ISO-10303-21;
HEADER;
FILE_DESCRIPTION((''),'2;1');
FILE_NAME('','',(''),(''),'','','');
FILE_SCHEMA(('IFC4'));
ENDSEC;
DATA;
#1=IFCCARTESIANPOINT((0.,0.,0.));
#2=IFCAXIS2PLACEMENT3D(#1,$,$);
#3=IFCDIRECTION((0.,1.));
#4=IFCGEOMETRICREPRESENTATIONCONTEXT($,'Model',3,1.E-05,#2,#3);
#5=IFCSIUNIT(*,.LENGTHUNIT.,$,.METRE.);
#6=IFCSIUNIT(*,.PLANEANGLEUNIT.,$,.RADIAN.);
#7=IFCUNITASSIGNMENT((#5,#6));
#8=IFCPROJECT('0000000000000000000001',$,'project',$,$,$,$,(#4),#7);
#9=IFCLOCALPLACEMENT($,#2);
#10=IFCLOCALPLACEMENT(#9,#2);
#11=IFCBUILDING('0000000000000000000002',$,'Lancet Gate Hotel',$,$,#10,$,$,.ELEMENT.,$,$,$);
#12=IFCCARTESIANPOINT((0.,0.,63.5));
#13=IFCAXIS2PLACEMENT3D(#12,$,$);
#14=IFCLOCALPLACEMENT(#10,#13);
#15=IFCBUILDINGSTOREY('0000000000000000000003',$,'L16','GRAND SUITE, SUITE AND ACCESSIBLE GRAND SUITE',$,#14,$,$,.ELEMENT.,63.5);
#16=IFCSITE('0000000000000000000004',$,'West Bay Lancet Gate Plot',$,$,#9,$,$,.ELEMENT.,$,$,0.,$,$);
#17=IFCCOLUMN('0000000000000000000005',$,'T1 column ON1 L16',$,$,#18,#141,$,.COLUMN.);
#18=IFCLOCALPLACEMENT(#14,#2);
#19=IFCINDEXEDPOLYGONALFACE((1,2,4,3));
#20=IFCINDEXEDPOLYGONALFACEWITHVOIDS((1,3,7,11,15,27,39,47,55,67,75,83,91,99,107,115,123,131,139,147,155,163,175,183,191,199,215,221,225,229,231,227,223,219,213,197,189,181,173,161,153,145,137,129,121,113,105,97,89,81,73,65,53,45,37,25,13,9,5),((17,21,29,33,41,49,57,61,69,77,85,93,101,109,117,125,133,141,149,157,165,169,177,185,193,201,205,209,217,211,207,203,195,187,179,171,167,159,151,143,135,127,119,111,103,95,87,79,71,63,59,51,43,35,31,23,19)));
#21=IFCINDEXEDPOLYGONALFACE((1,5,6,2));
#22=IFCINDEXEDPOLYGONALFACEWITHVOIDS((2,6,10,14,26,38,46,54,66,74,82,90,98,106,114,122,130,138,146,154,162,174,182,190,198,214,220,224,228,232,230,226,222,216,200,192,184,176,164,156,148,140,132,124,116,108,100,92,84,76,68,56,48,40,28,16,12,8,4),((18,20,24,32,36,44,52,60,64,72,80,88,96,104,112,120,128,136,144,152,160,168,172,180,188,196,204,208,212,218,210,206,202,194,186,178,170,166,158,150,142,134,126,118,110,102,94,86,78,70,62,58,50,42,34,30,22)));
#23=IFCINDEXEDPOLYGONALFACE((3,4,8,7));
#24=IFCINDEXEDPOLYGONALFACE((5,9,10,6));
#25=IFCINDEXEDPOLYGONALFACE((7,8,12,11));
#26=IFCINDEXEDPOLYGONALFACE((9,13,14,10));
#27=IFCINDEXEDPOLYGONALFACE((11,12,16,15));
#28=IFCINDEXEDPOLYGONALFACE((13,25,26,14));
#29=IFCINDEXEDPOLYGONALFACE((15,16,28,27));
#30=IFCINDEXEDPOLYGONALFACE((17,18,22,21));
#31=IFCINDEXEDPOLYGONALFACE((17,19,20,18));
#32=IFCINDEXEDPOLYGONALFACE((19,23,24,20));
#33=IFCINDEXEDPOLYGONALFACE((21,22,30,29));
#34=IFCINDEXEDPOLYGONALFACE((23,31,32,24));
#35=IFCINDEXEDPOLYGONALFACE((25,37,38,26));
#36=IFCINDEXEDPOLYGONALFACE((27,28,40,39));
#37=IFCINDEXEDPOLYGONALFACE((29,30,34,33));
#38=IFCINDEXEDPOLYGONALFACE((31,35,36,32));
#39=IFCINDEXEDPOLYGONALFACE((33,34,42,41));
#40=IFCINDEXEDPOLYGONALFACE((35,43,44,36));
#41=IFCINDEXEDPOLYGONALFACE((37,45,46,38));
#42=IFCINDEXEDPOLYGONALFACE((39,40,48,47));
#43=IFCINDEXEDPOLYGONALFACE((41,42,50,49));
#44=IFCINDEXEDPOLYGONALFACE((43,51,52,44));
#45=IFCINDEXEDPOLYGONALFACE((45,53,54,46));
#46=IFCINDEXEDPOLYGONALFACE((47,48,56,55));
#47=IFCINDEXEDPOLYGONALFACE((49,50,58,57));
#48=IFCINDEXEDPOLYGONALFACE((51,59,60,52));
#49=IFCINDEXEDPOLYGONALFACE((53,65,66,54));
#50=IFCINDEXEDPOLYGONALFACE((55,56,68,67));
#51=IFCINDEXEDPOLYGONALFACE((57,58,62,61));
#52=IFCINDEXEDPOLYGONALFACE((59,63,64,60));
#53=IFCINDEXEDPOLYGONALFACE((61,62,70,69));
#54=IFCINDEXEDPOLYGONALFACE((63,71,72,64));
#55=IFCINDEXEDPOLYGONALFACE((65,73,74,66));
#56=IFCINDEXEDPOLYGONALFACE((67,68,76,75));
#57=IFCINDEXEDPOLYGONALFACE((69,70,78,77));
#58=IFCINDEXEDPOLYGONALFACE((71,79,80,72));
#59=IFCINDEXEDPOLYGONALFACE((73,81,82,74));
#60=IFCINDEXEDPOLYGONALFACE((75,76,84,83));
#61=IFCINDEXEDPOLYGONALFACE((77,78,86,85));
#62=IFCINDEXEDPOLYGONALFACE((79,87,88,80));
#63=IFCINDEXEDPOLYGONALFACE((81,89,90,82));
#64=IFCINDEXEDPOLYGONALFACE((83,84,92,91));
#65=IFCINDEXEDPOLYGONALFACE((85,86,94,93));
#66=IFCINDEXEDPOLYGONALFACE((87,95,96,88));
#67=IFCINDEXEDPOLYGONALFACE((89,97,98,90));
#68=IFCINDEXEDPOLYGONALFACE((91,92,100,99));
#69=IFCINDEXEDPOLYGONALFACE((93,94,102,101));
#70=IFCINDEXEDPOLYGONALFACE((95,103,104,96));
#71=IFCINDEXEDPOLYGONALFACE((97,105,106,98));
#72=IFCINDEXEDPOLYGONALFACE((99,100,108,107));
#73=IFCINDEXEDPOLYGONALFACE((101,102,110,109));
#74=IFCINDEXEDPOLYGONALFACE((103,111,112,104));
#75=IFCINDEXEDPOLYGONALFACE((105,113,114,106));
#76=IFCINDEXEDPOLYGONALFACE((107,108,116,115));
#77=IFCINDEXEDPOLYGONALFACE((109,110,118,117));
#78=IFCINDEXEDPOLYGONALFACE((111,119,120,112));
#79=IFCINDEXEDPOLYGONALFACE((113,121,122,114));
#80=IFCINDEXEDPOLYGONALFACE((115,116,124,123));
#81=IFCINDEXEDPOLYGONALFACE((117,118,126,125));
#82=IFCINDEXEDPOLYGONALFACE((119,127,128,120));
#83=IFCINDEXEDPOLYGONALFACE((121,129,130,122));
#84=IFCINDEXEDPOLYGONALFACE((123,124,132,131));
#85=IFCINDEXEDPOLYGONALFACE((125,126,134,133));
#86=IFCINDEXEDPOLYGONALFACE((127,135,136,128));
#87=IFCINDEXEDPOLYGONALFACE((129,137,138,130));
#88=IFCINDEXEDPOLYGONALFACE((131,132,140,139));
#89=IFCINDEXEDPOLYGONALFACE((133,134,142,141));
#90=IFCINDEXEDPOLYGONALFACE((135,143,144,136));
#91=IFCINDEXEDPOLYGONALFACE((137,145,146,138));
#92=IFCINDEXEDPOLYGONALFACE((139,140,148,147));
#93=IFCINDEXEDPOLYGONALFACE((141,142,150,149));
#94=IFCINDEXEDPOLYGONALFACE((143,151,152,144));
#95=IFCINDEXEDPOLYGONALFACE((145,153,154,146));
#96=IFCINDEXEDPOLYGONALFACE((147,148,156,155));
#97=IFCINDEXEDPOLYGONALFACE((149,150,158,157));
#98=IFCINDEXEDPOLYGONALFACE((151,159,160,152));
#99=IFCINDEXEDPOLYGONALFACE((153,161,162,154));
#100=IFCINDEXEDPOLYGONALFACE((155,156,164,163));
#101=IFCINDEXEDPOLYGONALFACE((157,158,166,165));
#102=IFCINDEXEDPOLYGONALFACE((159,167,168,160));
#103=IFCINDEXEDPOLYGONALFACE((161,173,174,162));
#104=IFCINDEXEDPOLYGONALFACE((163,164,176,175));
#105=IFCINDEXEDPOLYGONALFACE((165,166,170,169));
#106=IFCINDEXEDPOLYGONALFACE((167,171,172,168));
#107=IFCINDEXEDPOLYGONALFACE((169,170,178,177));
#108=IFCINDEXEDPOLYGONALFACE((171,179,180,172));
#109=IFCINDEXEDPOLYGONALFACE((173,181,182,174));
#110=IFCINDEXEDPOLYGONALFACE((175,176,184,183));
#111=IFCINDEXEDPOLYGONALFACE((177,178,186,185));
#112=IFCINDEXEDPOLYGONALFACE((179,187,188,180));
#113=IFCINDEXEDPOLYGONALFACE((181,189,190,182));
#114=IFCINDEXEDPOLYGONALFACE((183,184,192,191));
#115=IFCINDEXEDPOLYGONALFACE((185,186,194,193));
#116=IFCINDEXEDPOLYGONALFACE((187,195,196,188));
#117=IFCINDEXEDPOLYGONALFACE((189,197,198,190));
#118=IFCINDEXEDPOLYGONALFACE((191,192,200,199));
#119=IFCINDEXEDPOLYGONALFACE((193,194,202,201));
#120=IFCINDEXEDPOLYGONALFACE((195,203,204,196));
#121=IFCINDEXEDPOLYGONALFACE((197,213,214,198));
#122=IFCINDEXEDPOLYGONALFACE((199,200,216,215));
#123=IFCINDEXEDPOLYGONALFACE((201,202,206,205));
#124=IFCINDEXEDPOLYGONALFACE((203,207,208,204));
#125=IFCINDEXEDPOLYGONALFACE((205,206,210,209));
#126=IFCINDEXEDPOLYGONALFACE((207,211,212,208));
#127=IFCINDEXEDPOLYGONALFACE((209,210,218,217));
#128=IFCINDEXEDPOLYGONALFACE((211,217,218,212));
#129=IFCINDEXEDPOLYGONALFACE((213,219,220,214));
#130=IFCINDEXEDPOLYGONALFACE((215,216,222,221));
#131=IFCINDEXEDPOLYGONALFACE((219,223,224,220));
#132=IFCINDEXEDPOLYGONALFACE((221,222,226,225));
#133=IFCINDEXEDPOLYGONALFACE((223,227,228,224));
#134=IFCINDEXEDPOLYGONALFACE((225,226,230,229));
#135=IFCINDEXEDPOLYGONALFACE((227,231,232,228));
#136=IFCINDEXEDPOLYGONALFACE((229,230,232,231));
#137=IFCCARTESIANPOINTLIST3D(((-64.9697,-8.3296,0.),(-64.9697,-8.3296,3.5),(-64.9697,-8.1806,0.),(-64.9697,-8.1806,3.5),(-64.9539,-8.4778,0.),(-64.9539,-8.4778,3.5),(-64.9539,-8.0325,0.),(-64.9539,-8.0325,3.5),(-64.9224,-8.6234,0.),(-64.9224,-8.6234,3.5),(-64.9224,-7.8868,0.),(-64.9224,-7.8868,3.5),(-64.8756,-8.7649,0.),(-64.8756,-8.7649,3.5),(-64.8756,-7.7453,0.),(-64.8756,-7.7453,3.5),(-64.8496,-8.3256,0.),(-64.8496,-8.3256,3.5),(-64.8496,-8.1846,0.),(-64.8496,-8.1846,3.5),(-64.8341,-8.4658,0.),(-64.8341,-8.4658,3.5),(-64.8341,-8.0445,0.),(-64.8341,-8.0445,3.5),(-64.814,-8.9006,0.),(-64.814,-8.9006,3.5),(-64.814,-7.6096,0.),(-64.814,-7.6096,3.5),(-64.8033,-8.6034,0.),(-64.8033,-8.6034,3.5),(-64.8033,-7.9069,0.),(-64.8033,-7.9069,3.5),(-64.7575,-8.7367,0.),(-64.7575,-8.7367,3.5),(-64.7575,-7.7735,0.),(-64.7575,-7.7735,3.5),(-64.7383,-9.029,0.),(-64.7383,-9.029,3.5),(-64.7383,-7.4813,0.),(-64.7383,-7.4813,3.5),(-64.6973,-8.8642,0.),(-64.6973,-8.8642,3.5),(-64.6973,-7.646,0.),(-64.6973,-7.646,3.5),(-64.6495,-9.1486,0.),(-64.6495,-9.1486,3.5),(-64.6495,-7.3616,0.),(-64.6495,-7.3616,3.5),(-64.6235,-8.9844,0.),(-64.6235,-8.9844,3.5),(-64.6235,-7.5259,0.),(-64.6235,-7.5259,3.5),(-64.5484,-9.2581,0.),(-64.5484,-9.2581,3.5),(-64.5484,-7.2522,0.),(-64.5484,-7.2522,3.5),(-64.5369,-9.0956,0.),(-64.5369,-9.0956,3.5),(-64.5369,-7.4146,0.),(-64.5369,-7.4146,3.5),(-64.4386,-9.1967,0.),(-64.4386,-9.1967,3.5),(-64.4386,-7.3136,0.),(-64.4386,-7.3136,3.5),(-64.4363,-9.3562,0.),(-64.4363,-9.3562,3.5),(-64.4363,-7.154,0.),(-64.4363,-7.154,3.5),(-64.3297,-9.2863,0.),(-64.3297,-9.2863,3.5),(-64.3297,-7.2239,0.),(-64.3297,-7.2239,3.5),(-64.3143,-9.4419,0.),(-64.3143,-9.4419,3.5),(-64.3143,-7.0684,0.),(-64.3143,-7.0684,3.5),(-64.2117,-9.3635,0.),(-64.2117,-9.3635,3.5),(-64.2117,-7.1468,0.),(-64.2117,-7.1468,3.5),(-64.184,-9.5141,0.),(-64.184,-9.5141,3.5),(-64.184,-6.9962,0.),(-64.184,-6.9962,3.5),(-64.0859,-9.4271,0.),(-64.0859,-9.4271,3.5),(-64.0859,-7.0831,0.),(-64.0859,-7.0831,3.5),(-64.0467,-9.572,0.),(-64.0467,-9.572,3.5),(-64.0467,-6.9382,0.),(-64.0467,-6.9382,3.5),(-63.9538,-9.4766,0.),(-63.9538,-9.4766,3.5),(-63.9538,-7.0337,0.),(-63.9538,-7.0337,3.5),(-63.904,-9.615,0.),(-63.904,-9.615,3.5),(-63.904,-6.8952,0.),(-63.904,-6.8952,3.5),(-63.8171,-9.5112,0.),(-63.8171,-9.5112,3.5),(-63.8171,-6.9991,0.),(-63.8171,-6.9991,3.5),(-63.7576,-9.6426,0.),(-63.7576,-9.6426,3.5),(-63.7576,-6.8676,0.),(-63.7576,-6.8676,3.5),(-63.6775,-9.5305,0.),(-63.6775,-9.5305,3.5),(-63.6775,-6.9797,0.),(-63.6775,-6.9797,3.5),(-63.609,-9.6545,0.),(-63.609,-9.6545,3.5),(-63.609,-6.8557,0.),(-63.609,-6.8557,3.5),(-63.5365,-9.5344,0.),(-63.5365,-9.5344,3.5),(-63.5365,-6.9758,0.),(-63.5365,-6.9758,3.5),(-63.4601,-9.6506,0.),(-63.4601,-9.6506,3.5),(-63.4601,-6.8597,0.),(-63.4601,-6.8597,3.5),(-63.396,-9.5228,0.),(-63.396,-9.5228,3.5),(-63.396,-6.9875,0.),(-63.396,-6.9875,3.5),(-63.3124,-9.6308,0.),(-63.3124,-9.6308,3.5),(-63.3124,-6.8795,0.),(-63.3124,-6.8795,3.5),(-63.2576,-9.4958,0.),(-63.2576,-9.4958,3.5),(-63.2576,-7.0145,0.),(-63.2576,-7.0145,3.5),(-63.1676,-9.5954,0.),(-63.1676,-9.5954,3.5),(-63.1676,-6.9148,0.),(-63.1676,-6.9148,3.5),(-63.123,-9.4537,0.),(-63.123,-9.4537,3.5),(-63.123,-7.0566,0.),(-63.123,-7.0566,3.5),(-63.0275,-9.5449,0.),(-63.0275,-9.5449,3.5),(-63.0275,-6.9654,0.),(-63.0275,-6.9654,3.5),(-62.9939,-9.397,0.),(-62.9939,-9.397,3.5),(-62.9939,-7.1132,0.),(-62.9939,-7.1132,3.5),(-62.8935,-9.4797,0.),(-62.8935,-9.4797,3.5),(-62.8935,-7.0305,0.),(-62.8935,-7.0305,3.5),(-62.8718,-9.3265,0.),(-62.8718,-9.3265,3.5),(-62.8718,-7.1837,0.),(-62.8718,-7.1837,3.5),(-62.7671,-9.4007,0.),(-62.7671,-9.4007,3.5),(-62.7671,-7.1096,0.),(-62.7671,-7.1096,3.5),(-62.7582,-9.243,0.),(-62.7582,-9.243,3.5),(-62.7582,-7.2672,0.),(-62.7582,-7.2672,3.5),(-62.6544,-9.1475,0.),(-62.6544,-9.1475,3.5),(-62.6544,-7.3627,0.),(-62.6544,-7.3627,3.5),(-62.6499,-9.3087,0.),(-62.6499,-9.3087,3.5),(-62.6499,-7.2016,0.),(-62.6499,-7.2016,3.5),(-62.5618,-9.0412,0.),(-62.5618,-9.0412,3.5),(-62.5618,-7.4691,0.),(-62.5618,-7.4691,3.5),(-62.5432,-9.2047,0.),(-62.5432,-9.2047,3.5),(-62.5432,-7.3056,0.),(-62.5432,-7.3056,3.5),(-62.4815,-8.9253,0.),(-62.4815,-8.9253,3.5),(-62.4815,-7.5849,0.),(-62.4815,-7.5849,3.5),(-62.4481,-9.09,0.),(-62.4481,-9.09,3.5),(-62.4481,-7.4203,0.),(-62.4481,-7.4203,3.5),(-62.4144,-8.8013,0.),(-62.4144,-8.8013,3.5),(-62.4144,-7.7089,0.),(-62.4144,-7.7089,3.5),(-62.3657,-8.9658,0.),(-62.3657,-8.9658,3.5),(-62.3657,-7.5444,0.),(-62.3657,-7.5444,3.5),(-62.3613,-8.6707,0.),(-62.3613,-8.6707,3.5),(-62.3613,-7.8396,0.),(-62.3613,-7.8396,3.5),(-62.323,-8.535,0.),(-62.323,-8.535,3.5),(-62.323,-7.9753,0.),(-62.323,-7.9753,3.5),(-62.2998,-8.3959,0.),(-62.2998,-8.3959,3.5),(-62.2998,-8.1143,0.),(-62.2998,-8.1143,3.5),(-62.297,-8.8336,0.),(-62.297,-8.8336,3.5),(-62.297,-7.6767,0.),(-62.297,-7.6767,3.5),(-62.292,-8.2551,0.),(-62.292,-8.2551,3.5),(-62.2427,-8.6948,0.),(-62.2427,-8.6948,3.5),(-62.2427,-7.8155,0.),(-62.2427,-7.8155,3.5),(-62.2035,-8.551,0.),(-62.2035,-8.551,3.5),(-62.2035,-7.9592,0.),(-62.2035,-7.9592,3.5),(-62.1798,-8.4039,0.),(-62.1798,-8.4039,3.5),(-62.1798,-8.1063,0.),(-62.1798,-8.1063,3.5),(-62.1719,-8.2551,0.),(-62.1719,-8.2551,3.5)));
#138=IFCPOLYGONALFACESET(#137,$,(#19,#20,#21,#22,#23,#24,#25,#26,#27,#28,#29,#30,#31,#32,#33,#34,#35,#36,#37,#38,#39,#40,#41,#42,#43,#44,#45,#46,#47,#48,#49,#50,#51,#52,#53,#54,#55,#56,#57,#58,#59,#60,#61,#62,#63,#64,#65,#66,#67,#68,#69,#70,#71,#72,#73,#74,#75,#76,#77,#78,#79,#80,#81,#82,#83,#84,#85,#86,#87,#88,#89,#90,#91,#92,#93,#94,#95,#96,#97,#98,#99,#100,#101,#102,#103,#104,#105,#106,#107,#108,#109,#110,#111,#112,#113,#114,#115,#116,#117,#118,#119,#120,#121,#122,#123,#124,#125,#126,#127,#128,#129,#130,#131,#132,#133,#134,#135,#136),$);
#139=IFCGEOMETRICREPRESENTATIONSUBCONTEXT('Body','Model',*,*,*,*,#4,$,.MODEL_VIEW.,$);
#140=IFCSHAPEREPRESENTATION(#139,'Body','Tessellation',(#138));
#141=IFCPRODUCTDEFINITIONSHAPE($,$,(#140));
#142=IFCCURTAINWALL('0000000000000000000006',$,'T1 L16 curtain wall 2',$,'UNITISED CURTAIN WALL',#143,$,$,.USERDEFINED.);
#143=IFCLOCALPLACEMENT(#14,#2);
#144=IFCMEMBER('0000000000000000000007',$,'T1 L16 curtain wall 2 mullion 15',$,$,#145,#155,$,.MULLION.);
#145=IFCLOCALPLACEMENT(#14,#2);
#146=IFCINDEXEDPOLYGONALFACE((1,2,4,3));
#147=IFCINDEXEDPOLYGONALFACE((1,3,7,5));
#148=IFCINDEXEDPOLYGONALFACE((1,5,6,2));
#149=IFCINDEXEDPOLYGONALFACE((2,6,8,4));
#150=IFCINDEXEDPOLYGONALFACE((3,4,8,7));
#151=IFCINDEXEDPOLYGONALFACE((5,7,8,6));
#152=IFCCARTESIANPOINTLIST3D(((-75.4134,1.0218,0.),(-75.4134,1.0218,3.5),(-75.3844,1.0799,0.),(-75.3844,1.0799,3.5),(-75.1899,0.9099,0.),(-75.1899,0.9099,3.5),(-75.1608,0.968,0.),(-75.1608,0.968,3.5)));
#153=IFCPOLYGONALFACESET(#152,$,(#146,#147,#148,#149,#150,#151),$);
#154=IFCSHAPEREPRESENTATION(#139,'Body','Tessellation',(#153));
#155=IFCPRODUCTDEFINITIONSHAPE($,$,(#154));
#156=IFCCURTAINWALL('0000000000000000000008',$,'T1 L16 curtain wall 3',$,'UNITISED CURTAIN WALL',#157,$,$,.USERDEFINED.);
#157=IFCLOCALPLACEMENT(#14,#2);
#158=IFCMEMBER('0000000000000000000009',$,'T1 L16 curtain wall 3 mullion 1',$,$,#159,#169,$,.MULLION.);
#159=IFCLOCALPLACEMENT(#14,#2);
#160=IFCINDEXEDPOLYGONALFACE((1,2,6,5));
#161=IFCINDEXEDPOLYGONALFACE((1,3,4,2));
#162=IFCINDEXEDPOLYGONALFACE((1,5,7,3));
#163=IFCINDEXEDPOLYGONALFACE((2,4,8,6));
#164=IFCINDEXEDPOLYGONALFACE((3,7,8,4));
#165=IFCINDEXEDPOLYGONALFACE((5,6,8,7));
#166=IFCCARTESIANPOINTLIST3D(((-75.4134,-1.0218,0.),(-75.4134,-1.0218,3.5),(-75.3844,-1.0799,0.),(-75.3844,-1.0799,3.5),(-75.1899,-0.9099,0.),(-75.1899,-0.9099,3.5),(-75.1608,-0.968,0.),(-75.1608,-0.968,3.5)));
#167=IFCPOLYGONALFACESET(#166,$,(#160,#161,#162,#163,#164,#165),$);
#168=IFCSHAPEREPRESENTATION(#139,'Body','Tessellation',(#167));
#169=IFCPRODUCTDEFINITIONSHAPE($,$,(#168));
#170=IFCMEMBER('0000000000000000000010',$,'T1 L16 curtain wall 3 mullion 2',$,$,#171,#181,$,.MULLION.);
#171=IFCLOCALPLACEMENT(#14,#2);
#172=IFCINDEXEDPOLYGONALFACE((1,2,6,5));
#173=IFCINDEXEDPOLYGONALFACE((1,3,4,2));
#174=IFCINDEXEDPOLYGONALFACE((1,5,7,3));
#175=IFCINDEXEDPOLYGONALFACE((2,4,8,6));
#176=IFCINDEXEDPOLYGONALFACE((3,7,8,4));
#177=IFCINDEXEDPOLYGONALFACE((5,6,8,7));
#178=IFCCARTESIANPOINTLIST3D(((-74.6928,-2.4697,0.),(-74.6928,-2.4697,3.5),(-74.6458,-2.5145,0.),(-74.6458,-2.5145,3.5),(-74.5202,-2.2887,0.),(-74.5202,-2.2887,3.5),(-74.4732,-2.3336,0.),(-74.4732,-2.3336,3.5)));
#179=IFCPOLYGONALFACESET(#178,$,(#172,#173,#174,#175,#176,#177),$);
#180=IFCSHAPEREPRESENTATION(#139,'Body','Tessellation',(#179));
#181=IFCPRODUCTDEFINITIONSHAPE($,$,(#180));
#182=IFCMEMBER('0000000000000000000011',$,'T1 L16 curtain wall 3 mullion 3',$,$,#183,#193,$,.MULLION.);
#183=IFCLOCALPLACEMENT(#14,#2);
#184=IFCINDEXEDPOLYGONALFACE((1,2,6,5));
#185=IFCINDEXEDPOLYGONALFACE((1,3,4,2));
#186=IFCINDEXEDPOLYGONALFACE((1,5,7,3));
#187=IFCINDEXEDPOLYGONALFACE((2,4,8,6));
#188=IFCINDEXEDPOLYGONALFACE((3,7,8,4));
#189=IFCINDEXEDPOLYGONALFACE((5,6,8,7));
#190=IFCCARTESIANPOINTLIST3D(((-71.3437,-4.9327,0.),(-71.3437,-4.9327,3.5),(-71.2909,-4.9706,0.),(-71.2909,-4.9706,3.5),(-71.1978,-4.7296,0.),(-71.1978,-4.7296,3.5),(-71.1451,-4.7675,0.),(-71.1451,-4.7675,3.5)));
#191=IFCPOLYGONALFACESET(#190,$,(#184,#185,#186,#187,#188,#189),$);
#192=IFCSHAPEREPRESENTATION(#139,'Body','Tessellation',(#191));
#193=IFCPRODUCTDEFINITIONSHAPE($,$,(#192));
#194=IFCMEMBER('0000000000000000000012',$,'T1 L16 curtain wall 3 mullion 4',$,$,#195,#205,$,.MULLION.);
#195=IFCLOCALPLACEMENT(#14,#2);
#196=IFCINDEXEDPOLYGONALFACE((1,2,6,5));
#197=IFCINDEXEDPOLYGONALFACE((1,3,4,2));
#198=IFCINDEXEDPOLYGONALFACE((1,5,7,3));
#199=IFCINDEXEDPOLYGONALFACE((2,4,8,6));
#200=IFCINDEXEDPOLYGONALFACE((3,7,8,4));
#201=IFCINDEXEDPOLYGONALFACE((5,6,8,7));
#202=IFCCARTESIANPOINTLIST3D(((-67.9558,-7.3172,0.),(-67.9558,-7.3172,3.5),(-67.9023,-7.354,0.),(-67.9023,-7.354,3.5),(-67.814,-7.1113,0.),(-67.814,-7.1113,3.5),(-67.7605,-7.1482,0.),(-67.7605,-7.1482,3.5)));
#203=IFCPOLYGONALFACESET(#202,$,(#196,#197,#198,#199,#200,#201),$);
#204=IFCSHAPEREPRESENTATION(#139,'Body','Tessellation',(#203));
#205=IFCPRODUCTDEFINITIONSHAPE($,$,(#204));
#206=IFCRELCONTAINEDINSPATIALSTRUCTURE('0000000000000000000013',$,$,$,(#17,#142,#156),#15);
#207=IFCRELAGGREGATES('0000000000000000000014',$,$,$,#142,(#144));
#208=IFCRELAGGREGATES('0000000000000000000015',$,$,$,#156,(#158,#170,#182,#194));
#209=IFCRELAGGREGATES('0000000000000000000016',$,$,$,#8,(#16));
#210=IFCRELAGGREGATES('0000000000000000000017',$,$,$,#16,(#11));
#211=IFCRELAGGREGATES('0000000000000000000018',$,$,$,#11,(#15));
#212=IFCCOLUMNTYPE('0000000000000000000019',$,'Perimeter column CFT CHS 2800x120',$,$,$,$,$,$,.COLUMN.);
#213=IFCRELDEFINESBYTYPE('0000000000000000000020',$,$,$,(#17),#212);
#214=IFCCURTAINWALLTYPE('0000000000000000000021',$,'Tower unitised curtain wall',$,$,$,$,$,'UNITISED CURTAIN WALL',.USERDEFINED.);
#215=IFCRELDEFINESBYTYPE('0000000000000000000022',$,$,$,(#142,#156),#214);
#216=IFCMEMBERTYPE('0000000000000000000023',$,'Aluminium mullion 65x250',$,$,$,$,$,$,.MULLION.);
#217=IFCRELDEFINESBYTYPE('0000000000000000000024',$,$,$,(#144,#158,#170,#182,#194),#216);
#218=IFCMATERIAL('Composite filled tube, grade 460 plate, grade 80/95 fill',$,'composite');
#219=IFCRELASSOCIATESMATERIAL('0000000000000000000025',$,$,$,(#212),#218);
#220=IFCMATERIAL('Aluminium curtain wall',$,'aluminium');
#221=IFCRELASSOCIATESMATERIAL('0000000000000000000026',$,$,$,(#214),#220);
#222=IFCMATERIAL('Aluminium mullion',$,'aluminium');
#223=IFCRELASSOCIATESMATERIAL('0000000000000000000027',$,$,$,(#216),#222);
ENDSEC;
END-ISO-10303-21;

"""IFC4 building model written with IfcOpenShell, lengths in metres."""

from ifc_helpers import new_model, si_unit, direction, frame, origin, origin_2d, place, context, subcontext, project, spatial, rectangle, hollow_circle, extrude, material, material_profile, profile_set, type_object, element, aggregate, save


model = new_model("IFC4")

# Units and contexts
model_context = context("Model", 3, precision=1e-05, world=origin(), true_north=direction((0.0, 1.0)))
body_context = subcontext(model_context, "Body", "Model", "MODEL_VIEW")
ifc_project = project(units=[si_unit("LENGTHUNIT", "METRE"), si_unit("PLANEANGLEUNIT", "RADIAN")], contexts=[model_context])

# Site, building, storey
site_placement = place(None, origin())
site = spatial("IfcSite", under=ifc_project, at=site_placement, Name="West Bay Lancet Gate Plot", CompositionType="ELEMENT", RefElevation=0.0)
building_placement = place(site_placement, origin())
building = spatial("IfcBuilding", under=site, at=building_placement, Name="Lancet Gate Hotel", CompositionType="ELEMENT")
storey_placement = place(building_placement, frame((0.0, 0.0, 63.5)))
storey = spatial("IfcBuildingStorey", under=building, at=storey_placement, Name="L16", Description="GRAND SUITE, SUITE AND ACCESSIBLE GRAND SUITE", CompositionType="ELEMENT", Elevation=63.5)

# Column
ifc_material_1 = material(Name="Composite filled tube, grade 460 plate, grade 80/95 fill", Category="composite")
ifc_material_profile_1 = material_profile(ifc_material_1, hollow_circle(Radius=1.3999, WallThickness=0.1201, at=origin_2d()), Name="CHS 2800x120")
ifc_profile_set_1 = profile_set([ifc_material_profile_1], Name="Composite filled tube, grade 460 plate, grade 80/95 fill")
column_type_1 = type_object("IfcColumnType", Name="Perimeter column CFT CHS 2800x120", PredefinedType="COLUMN", material=ifc_profile_set_1)
column_1_placement = place(storey_placement, frame((-63.5718, -8.2551, 0.0), z_axis=(0.0, 0.0, 1.0), x_axis=(1.0, 0.0, 0.0)))
element("IfcColumn", 1, at=column_1_placement, inside=storey, type_object=column_type_1, Name="T1 column ON1 L16", PredefinedType="COLUMN", context=body_context, shape_type="SweptSolid", body=[
    extrude(hollow_circle(Radius=1.3999, WallThickness=0.1201, at=origin_2d()), origin(), (0.0, 0.0, 1.0), 3.5),
])

# Curtain wall, member
ifc_material_2 = material(Name="Aluminium curtain wall", Category="aluminium")
curtain_wall_type = type_object("IfcCurtainWallType", Name="Tower unitised curtain wall", ElementType="UNITISED CURTAIN WALL", PredefinedType="USERDEFINED", material=ifc_material_2)
curtain_wall_1_placement = place(storey_placement, origin())
curtain_wall_1 = element("IfcCurtainWall", 2, at=curtain_wall_1_placement, inside=storey, type_object=curtain_wall_type, Name="T1 L16 curtain wall 2", ObjectType="UNITISED CURTAIN WALL", PredefinedType="USERDEFINED")
ifc_material_3 = material(Name="Aluminium mullion", Category="aluminium")
ifc_material_profile_2 = material_profile(ifc_material_3, rectangle(XDim=0.0649, YDim=0.25, at=origin_2d()), Name="MULLION 65x250")
ifc_profile_set_2 = profile_set([ifc_material_profile_2], Name="Aluminium mullion")
member_type_1 = type_object("IfcMemberType", Name="Aluminium mullion 65x250", PredefinedType="MULLION", material=ifc_profile_set_2)
member_1_placement = place(storey_placement, frame((-75.2871, 0.9949, 0.0), z_axis=(0.0, 0.0, 1.0), x_axis=(-0.447628, -0.89422, 0.0)))
member_1 = element("IfcMember", 3, at=member_1_placement, type_object=member_type_1, Name="T1 L16 curtain wall 2 mullion 15", PredefinedType="MULLION", context=body_context, shape_type="SweptSolid", body=[
    extrude(rectangle(XDim=0.0649, YDim=0.25, at=origin_2d()), origin(), (0.0, 0.0, 1.0), 3.5),
])
aggregate(curtain_wall_1, [member_1])

# Curtain wall, members
curtain_wall_2_placement = place(storey_placement, origin())
curtain_wall_2 = element("IfcCurtainWall", 4, at=curtain_wall_2_placement, inside=storey, type_object=curtain_wall_type, Name="T1 L16 curtain wall 3", ObjectType="UNITISED CURTAIN WALL", PredefinedType="USERDEFINED")
member_2_placement = place(storey_placement, frame((-75.2871, -0.9949, 0.0), z_axis=(0.0, 0.0, 1.0), x_axis=(0.447628, -0.89422, 0.0)))
member_2 = element("IfcMember", 5, at=member_2_placement, type_object=member_type_1, Name="T1 L16 curtain wall 3 mullion 1", PredefinedType="MULLION", context=body_context, shape_type="SweptSolid", body=[
    extrude(rectangle(XDim=0.0649, YDim=0.25, at=origin_2d()), origin(), (0.0, 0.0, 1.0), 3.5),
])
member_3_placement = place(storey_placement, frame((-74.583, -2.4016, 0.0), z_axis=(0.0, 0.0, 1.0), x_axis=(0.723696, -0.690119, 0.0)))
member_3 = element("IfcMember", 6, at=member_3_placement, type_object=member_type_1, Name="T1 L16 curtain wall 3 mullion 2", PredefinedType="MULLION", context=body_context, shape_type="SweptSolid", body=[
    extrude(rectangle(XDim=0.0649, YDim=0.25, at=origin_2d()), origin(), (0.0, 0.0, 1.0), 3.5),
])
member_4_placement = place(storey_placement, frame((-71.2444, -4.8501, 0.0), z_axis=(0.0, 0.0, 1.0), x_axis=(0.812147, -0.583453, 0.0)))
member_4 = element("IfcMember", 7, at=member_4_placement, type_object=member_type_1, Name="T1 L16 curtain wall 3 mullion 3", PredefinedType="MULLION", context=body_context, shape_type="SweptSolid", body=[
    extrude(rectangle(XDim=0.0649, YDim=0.25, at=origin_2d()), origin(), (0.0, 0.0, 1.0), 3.5),
])
member_5_placement = place(storey_placement, frame((-67.8582, -7.2327, 0.0), z_axis=(0.0, 0.0, 1.0), x_axis=(0.823425, -0.567425, 0.0)))
member_5 = element("IfcMember", 8, at=member_5_placement, type_object=member_type_1, Name="T1 L16 curtain wall 3 mullion 4", PredefinedType="MULLION", context=body_context, shape_type="SweptSolid", body=[
    extrude(rectangle(XDim=0.0649, YDim=0.25, at=origin_2d()), origin(), (0.0, 0.0, 1.0), 3.5),
])

aggregate(curtain_wall_2, [member_2, member_3, member_4, member_5])

save(model, "model.ifc")
